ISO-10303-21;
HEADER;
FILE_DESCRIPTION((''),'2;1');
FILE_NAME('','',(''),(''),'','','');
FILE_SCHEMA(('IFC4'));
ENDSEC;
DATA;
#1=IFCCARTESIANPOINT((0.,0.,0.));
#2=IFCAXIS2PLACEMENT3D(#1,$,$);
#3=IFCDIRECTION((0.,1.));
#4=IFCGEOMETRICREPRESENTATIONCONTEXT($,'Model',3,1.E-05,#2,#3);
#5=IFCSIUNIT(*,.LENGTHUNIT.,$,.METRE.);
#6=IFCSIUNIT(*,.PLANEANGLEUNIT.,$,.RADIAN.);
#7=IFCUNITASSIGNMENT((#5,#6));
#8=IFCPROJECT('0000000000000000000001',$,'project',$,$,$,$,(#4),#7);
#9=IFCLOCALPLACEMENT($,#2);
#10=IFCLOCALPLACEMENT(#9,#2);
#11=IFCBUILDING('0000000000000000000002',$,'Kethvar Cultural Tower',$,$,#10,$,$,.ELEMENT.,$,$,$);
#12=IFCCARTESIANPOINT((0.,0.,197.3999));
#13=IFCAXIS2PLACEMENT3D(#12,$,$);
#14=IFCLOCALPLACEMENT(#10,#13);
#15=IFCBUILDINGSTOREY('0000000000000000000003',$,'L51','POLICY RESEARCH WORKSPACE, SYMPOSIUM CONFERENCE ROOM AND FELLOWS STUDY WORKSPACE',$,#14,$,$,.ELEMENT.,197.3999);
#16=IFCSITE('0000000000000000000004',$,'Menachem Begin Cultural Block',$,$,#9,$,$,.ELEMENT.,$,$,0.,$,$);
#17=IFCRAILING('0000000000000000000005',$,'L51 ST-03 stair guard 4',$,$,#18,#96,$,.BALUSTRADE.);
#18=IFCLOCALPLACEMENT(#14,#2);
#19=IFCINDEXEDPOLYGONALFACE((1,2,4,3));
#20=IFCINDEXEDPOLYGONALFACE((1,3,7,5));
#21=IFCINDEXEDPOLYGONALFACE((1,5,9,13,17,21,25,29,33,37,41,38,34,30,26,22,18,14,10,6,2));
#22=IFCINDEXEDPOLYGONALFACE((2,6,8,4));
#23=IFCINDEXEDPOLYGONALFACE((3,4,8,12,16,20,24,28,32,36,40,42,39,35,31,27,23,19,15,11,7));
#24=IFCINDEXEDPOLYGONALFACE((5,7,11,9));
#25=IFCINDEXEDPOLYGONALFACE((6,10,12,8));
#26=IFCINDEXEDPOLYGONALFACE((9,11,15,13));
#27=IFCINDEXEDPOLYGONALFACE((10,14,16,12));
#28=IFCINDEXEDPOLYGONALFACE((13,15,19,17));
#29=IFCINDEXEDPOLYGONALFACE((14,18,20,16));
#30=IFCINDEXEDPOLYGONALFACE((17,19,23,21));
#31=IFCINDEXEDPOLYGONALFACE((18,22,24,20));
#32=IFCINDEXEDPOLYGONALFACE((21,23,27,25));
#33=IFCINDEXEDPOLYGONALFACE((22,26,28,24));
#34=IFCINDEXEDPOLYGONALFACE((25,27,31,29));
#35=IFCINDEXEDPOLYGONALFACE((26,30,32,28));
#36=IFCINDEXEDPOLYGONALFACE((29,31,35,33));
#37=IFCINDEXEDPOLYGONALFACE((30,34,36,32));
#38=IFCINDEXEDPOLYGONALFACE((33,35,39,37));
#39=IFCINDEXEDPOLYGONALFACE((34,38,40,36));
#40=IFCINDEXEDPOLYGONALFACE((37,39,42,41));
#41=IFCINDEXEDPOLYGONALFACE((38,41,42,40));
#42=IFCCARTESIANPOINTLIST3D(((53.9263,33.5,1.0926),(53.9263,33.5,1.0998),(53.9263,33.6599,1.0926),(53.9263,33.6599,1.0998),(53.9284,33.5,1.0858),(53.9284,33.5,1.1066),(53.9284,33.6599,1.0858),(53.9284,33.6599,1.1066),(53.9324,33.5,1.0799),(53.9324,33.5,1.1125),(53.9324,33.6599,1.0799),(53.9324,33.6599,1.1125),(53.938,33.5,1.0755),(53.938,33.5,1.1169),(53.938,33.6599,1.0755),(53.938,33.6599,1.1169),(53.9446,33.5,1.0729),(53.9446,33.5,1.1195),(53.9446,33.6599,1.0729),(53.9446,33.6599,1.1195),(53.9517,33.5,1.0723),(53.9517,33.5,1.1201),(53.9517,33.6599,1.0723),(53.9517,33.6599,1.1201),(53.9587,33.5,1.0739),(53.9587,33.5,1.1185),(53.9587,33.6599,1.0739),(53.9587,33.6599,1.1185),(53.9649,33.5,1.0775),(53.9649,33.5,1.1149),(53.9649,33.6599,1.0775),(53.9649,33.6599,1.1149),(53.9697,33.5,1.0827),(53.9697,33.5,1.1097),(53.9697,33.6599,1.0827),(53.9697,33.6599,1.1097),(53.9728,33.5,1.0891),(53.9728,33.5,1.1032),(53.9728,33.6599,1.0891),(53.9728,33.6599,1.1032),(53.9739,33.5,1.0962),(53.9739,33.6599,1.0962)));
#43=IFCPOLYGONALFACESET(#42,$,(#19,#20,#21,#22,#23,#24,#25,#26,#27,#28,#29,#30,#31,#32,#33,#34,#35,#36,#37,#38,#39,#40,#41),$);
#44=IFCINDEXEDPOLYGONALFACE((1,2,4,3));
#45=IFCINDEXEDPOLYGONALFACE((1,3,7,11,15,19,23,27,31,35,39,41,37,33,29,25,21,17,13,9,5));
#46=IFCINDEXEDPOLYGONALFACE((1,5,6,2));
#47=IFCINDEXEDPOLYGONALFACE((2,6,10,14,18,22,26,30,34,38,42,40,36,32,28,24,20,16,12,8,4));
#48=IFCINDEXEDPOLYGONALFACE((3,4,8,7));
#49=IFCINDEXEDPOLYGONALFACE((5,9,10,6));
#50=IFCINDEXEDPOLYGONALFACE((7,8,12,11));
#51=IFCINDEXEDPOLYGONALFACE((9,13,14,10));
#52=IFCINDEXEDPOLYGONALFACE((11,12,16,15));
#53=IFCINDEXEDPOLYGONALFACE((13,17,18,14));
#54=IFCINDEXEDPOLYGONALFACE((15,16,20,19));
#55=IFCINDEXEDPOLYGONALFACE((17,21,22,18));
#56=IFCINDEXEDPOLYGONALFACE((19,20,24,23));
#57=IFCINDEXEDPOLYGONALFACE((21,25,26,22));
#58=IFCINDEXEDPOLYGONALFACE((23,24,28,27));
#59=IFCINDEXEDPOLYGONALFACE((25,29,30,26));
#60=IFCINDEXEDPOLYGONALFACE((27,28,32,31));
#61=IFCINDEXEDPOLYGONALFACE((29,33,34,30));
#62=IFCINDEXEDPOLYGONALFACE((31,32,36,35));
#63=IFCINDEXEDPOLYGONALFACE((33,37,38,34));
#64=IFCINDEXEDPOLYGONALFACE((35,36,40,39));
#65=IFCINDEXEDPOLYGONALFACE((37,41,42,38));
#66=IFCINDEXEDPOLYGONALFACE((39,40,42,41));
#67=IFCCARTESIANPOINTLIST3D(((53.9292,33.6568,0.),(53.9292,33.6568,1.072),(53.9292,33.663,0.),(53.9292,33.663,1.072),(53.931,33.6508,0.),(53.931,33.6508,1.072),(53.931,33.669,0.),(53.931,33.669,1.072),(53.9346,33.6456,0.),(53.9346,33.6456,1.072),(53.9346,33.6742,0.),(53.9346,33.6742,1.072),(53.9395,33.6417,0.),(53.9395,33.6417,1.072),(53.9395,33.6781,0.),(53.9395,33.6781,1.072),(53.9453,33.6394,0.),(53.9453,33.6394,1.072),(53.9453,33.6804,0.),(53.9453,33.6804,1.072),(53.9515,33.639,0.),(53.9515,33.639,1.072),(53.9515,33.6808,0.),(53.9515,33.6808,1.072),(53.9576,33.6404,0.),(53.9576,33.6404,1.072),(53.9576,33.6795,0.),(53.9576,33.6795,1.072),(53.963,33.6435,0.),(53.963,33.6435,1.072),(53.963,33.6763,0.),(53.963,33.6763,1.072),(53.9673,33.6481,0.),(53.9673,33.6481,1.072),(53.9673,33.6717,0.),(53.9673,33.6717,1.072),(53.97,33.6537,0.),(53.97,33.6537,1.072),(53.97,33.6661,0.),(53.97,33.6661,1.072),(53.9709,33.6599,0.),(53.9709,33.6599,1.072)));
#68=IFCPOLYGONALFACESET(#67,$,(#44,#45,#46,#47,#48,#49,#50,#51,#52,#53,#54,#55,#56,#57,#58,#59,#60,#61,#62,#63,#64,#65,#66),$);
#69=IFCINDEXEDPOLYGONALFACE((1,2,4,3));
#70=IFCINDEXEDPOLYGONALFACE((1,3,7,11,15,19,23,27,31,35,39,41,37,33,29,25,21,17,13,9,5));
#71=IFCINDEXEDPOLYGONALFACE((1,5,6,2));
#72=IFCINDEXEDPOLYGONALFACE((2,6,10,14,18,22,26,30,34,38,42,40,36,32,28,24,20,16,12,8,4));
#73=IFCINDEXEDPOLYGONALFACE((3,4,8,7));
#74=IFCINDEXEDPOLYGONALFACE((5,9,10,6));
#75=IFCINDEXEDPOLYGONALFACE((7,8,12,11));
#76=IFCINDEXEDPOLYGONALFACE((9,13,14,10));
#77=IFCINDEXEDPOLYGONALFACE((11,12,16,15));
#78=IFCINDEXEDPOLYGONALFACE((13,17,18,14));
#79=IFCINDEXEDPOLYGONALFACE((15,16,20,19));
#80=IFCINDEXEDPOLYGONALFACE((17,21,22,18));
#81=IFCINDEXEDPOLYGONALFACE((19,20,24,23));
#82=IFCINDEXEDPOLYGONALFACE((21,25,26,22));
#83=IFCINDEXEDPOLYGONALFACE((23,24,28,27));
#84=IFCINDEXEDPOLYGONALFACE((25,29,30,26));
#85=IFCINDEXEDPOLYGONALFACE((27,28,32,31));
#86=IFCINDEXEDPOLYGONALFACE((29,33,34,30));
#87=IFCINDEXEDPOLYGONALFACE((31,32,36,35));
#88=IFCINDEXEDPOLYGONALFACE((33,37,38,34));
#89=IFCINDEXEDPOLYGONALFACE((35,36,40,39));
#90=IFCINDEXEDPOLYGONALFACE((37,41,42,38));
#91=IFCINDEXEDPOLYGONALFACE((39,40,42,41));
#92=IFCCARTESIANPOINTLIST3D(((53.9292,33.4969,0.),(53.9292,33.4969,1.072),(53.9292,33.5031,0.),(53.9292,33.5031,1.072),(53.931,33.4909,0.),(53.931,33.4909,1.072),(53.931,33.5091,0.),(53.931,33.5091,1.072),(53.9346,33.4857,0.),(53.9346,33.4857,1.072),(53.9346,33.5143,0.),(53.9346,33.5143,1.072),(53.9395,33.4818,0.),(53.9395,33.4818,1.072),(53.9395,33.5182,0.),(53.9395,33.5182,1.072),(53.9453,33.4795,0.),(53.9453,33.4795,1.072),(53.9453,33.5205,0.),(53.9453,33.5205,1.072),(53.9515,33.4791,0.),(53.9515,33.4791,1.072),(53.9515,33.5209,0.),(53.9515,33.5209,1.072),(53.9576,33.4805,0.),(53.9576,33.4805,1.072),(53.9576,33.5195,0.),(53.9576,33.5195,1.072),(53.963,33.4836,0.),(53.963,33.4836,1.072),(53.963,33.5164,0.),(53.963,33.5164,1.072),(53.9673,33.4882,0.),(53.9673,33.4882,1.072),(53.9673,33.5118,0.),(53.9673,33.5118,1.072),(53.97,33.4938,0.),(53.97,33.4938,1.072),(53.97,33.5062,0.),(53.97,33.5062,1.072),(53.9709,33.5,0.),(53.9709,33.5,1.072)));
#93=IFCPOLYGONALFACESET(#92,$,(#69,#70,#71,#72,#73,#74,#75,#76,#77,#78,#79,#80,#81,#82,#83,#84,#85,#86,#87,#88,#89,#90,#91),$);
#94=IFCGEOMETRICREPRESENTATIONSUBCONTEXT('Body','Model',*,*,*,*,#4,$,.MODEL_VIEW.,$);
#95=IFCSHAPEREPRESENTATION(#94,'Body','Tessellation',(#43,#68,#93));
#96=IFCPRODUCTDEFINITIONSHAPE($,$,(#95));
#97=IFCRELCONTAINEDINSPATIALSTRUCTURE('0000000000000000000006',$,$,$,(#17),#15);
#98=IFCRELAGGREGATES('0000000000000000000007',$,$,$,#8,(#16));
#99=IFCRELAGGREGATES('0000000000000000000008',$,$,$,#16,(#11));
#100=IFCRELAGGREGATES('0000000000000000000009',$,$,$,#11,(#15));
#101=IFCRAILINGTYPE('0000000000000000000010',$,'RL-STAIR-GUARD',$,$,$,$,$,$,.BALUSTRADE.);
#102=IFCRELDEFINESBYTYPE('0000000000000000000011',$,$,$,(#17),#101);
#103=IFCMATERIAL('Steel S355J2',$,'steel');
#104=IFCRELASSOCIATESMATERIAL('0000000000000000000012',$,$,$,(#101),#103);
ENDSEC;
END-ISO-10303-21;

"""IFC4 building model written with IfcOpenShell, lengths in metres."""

from ifc_helpers import new_model, si_unit, direction, frame, origin, origin_2d, place, context, subcontext, project, spatial, circle, extrude, material, type_object, element, save


model = new_model("IFC4")

# Units and contexts
model_context = context("Model", 3, precision=1e-05, world=origin(), true_north=direction((0.0, 1.0)))
body_context = subcontext(model_context, "Body", "Model", "MODEL_VIEW")
ifc_project = project(units=[si_unit("LENGTHUNIT", "METRE"), si_unit("PLANEANGLEUNIT", "RADIAN")], contexts=[model_context])

# Site, building, storey
site_placement = place(None, origin())
site = spatial("IfcSite", under=ifc_project, at=site_placement, Name="Menachem Begin Cultural Block", CompositionType="ELEMENT", RefElevation=0.0)
building_placement = place(site_placement, origin())
building = spatial("IfcBuilding", under=site, at=building_placement, Name="Kethvar Cultural Tower", CompositionType="ELEMENT")
storey_placement = place(building_placement, frame((0.0, 0.0, 197.3999)))
storey = spatial("IfcBuildingStorey", under=building, at=storey_placement, Name="L51", Description="POLICY RESEARCH WORKSPACE, SYMPOSIUM CONFERENCE ROOM AND FELLOWS STUDY WORKSPACE", CompositionType="ELEMENT", Elevation=197.3999)

# Shared definitions
ifc_material_1 = material(Name="Steel S355J2", Category="steel")

# Railing
railing_type_1 = type_object("IfcRailingType", Name="RL-STAIR-GUARD", PredefinedType="BALUSTRADE", material=ifc_material_1)
railing_1_placement = place(storey_placement, frame((53.95, 33.6599, 0.0)))
element("IfcRailing", 1, at=railing_1_placement, inside=storey, type_object=railing_type_1, Name="L51 ST-03 stair guard 4", PredefinedType="BALUSTRADE", context=body_context, shape_type="SweptSolid", body=[
    extrude(circle(Radius=0.0239, at=origin_2d()), frame((0.0, 0.0, 1.0962), z_axis=(0.0, -1.0, 0.0), x_axis=(1.0, 0.0, 0.0)), (0.0, 0.0, 1.0), 0.1599),
    extrude(circle(Radius=0.021, at=origin_2d()), origin(), (0.0, 0.0, 1.0), 1.072),
    extrude(circle(Radius=0.021, at=origin_2d()), frame((0.0, -0.1599, 0.0)), (0.0, 0.0, 1.0), 1.072),
])

save(model, "model.ifc")
